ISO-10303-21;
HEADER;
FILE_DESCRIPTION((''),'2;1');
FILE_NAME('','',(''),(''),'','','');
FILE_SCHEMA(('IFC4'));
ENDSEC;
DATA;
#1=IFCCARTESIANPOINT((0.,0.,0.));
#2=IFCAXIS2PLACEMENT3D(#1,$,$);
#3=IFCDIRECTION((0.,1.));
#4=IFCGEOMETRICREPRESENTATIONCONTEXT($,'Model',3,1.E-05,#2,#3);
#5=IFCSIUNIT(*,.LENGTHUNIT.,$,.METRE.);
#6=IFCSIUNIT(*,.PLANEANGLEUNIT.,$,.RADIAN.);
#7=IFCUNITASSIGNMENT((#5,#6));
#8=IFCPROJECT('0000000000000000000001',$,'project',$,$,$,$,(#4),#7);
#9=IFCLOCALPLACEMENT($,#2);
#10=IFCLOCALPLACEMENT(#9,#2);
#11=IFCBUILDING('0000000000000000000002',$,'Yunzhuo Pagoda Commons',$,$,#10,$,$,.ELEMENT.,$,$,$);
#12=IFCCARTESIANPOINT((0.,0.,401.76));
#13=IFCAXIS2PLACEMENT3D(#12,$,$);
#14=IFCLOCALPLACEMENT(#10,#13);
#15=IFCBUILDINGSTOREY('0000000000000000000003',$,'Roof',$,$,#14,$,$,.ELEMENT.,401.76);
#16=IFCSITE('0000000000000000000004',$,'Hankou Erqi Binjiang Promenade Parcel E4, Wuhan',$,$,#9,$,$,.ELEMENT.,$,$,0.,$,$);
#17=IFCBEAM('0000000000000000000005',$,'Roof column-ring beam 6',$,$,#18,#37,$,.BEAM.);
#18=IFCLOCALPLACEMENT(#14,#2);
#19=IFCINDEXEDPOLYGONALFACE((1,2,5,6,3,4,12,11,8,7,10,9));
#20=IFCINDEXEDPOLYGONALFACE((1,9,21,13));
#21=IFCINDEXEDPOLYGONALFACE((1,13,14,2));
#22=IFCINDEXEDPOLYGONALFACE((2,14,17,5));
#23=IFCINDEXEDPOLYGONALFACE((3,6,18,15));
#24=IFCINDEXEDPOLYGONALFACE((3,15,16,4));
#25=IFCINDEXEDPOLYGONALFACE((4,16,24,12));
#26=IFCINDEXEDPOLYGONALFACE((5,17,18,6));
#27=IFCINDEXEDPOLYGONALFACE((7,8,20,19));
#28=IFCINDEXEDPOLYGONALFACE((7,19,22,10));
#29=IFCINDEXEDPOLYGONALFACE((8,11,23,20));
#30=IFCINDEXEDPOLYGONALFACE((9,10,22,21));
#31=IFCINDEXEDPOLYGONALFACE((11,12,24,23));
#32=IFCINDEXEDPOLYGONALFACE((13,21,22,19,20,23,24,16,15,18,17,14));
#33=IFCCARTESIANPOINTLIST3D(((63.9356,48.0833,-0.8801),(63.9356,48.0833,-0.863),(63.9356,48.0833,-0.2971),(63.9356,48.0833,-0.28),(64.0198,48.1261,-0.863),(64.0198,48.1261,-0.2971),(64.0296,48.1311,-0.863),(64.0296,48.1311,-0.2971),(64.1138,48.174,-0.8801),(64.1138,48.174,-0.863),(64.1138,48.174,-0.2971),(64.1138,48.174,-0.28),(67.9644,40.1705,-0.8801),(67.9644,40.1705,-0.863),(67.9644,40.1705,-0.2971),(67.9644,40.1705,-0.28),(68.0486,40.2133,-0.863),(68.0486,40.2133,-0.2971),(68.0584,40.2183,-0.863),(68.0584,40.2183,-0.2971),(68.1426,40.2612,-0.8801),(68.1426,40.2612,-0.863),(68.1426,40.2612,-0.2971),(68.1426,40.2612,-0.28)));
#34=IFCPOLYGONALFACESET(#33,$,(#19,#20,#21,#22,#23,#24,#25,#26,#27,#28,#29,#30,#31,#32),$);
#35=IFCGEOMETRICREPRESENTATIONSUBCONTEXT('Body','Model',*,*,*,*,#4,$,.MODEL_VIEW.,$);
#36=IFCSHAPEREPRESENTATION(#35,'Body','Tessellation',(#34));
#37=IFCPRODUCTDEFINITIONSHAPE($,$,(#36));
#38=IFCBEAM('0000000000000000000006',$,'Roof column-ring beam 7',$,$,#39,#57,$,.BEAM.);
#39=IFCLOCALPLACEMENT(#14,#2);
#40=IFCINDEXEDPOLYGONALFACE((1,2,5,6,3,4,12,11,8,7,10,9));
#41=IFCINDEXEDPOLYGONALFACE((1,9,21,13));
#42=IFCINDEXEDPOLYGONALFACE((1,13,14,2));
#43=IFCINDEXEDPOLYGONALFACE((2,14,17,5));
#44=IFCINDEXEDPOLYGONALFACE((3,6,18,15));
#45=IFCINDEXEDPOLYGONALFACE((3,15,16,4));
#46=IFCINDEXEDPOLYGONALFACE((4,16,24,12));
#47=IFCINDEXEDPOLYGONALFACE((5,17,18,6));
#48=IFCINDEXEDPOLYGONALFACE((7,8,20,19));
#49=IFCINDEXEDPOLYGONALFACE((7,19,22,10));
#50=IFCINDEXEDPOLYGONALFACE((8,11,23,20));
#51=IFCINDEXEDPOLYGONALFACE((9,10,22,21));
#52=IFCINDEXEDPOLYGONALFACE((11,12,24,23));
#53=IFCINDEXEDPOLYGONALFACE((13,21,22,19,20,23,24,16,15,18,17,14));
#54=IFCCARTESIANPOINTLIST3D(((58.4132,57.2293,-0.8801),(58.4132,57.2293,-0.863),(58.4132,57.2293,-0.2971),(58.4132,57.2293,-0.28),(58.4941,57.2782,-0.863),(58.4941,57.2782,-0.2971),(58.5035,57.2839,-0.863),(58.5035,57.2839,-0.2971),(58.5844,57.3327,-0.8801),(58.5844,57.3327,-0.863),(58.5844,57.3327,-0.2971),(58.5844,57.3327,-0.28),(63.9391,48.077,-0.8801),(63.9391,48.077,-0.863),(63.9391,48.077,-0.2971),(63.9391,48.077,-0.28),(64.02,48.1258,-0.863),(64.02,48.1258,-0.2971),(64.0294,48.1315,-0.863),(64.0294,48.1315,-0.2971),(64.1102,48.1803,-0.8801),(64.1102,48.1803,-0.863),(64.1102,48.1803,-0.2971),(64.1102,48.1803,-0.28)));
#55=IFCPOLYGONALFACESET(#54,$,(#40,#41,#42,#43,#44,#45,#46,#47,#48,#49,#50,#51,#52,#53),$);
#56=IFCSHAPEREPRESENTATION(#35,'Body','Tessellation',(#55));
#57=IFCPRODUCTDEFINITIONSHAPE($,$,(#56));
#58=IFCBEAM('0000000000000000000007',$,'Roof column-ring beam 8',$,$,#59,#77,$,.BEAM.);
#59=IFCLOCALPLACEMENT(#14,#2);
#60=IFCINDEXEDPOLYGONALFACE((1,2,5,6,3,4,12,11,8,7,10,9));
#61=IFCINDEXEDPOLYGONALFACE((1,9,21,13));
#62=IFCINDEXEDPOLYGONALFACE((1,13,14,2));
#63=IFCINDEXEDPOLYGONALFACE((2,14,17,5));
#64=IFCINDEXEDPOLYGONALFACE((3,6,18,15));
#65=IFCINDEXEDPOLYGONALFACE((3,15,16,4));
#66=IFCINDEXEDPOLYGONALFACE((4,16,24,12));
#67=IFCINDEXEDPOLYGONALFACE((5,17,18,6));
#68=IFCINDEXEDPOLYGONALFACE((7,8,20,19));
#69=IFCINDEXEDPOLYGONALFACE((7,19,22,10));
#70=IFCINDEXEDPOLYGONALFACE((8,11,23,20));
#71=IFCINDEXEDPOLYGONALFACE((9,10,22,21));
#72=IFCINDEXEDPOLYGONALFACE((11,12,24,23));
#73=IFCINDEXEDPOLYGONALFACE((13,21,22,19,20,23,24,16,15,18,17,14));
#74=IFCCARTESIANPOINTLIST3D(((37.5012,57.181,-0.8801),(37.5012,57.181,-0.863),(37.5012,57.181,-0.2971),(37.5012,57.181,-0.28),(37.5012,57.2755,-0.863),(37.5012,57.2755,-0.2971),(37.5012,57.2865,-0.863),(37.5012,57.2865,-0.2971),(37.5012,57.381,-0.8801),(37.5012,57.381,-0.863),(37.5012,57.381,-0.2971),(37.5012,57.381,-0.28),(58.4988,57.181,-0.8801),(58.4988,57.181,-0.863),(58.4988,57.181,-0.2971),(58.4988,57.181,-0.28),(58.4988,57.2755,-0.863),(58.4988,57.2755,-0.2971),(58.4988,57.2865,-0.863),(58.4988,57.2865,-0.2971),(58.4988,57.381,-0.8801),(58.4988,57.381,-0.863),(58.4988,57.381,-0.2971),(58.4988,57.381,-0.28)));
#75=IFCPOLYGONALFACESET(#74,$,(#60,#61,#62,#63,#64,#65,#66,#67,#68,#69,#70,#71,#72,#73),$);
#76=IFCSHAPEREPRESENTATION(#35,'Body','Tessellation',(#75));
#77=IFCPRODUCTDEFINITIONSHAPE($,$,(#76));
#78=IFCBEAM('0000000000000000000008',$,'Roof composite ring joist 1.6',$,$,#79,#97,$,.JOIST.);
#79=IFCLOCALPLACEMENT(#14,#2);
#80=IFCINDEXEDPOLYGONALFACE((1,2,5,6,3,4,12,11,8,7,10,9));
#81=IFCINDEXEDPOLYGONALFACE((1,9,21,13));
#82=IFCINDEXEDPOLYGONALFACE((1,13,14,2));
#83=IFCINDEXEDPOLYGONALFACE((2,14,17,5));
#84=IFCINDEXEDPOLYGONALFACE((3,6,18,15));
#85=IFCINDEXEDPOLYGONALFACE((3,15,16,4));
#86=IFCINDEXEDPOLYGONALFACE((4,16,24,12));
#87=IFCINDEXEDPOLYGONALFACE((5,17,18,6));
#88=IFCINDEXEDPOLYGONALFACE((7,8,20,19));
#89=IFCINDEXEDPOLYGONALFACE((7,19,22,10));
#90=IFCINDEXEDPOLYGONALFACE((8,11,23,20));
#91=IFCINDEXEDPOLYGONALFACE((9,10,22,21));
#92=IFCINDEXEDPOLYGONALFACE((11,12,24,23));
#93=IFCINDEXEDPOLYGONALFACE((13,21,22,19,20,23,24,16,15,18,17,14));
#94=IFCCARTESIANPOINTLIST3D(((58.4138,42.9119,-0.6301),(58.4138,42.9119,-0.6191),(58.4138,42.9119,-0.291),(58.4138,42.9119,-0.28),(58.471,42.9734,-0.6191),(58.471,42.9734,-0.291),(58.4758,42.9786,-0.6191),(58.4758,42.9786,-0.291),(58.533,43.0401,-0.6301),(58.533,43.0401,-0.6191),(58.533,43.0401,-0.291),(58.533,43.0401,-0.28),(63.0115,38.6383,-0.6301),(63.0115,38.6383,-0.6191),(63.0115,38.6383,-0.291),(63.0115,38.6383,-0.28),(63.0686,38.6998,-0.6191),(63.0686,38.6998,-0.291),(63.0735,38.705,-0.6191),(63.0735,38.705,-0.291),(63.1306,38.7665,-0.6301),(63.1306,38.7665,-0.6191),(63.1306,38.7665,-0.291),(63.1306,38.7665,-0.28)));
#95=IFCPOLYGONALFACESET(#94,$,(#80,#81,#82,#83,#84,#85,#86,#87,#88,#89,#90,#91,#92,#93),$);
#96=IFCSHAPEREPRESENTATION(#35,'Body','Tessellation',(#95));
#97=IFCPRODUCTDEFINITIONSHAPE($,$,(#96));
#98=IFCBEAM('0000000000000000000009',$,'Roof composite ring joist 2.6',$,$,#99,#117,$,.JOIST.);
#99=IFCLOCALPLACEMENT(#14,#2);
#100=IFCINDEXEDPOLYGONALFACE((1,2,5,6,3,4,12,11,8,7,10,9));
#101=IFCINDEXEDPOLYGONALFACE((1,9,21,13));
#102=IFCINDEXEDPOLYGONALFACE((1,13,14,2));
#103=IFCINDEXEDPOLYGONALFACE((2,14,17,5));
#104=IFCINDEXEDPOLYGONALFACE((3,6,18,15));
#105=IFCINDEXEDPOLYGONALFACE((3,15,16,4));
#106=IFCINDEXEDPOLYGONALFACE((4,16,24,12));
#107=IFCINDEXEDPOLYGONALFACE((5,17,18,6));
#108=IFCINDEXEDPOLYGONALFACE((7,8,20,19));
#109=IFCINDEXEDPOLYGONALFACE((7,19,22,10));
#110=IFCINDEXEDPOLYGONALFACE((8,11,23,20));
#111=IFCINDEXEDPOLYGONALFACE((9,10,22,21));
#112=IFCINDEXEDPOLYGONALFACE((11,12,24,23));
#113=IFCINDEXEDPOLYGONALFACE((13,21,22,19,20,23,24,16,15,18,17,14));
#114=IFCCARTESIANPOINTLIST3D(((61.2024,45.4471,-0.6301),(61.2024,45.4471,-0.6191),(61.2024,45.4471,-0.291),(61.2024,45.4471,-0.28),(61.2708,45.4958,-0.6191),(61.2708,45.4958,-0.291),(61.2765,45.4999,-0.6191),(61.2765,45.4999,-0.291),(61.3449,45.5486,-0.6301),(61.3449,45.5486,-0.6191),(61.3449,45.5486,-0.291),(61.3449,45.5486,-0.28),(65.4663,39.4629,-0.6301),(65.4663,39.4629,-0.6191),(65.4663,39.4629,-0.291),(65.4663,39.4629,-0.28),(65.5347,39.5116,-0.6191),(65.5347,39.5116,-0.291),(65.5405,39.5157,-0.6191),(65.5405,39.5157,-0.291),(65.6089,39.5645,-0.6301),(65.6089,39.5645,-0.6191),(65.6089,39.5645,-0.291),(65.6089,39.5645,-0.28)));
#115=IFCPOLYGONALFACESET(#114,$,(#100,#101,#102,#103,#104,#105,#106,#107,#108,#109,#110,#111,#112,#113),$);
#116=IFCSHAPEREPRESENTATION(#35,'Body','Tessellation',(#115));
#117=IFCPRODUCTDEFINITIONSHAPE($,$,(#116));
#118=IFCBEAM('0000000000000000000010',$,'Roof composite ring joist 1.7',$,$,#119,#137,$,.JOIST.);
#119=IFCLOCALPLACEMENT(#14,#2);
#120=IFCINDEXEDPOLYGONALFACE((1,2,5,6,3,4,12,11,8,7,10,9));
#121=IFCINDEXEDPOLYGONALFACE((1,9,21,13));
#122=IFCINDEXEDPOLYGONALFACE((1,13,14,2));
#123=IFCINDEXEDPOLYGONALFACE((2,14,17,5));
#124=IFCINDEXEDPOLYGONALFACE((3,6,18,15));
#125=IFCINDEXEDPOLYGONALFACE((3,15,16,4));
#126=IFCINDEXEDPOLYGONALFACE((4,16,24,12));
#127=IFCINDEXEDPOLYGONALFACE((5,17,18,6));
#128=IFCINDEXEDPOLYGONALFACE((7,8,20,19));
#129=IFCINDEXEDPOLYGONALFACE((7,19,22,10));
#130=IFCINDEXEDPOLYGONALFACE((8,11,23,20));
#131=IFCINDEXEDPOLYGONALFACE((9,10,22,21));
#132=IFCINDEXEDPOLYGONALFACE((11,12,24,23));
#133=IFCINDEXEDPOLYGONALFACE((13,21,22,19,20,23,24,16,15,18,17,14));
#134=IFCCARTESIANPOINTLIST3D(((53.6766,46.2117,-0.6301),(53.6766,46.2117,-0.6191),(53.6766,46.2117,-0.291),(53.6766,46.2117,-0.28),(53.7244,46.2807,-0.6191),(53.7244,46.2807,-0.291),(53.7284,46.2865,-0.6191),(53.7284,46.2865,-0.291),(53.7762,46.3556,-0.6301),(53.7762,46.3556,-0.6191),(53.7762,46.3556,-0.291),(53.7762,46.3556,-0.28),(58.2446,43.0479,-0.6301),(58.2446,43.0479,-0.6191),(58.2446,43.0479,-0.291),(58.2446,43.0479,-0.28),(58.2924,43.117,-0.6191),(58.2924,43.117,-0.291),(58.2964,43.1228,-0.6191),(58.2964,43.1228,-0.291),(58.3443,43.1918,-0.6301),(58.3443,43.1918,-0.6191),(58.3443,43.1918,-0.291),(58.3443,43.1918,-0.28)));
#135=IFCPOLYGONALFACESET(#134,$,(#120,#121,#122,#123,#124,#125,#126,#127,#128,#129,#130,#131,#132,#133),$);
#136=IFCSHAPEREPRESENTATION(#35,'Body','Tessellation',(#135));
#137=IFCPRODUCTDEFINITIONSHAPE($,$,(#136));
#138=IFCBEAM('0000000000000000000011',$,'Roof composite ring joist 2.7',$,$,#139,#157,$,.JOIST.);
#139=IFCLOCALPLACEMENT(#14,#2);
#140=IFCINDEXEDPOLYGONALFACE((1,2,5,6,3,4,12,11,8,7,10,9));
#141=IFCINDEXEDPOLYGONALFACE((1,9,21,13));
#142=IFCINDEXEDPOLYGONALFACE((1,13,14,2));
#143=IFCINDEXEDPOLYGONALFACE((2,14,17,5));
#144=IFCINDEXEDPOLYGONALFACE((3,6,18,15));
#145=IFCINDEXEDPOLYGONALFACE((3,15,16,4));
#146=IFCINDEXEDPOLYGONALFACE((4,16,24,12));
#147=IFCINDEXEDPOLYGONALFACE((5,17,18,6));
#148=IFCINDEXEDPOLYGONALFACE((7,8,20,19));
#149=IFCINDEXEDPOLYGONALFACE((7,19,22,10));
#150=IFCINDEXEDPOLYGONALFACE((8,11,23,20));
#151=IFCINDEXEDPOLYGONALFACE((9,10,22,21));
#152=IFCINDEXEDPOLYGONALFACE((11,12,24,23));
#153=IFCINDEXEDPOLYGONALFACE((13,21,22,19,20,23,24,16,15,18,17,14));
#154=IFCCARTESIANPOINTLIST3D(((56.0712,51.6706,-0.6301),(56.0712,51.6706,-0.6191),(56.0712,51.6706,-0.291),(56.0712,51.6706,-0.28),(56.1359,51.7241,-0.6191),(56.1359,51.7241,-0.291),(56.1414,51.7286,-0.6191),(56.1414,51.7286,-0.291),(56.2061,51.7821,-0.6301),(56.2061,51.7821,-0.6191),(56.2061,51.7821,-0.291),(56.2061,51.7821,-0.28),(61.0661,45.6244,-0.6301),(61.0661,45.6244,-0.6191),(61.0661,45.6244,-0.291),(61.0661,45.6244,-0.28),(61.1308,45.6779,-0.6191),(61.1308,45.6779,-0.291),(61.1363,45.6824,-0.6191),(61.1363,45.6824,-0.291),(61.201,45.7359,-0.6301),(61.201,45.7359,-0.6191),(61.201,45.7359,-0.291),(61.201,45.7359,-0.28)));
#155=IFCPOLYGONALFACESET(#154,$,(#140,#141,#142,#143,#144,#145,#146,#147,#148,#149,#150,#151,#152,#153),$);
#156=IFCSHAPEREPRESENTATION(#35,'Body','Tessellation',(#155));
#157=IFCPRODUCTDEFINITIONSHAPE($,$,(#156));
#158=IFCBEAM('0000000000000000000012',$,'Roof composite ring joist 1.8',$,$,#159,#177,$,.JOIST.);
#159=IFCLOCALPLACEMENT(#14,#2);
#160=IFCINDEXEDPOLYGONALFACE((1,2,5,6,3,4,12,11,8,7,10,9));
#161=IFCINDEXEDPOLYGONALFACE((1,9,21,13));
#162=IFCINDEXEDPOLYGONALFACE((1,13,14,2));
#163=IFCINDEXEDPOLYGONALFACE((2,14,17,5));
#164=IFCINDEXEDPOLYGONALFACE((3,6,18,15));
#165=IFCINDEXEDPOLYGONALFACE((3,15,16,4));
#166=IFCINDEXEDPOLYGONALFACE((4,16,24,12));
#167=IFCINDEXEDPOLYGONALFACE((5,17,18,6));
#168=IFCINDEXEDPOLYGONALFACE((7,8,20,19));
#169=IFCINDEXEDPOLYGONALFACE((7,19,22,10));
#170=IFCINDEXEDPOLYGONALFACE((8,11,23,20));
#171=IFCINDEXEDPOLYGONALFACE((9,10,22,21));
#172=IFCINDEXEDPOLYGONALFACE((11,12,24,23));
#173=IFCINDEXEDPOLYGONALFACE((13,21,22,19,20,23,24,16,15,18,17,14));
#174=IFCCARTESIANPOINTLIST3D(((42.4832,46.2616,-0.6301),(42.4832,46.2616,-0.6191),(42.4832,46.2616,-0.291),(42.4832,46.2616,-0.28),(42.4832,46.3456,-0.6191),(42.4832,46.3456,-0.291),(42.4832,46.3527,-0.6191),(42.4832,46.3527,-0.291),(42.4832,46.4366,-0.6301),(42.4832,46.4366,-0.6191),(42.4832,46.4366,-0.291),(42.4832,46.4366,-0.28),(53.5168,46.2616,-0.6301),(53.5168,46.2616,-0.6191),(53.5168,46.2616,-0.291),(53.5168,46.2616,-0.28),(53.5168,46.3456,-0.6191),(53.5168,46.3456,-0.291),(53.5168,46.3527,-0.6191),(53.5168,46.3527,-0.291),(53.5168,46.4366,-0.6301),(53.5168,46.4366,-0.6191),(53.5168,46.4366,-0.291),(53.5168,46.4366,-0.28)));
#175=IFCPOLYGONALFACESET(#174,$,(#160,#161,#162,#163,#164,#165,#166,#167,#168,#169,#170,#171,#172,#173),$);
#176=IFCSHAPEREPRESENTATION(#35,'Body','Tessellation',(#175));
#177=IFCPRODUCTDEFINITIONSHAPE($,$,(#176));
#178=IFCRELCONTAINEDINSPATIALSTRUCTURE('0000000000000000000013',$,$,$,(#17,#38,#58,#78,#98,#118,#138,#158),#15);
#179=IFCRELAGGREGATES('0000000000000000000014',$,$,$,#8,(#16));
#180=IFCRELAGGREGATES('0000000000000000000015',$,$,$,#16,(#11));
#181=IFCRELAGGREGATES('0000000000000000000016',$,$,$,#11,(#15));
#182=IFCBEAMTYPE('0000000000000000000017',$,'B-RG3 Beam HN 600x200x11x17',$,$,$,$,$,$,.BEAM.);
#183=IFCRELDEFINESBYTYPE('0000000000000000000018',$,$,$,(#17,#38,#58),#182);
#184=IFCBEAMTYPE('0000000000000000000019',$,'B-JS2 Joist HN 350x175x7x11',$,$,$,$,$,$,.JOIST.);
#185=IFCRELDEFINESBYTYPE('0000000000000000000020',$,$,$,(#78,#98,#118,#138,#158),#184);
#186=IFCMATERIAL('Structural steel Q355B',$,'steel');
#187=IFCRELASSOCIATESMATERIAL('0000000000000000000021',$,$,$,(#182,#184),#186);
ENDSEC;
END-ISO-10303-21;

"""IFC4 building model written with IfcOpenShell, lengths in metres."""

from ifc_helpers import new_model, si_unit, direction, frame, origin, origin_2d, place, context, subcontext, project, spatial, i_section, extrude, source, transform, mapped, material, material_profile, profile_set, type_object, element, save


model = new_model("IFC4")

# Units and contexts
model_context = context("Model", 3, precision=1e-05, world=origin(), true_north=direction((0.0, 1.0)))
body_context = subcontext(model_context, "Body", "Model", "MODEL_VIEW")
ifc_project = project(units=[si_unit("LENGTHUNIT", "METRE"), si_unit("PLANEANGLEUNIT", "RADIAN")], contexts=[model_context])

# Site, building, storey
site_placement = place(None, origin())
site = spatial("IfcSite", under=ifc_project, at=site_placement, Name="Hankou Erqi Binjiang Promenade Parcel E4, Wuhan", CompositionType="ELEMENT", RefElevation=0.0)
building_placement = place(site_placement, origin())
building = spatial("IfcBuilding", under=site, at=building_placement, Name="Yunzhuo Pagoda Commons", CompositionType="ELEMENT")
storey_placement = place(building_placement, frame((0.0, 0.0, 401.76)))
storey = spatial("IfcBuildingStorey", under=building, at=storey_placement, Name="Roof", CompositionType="ELEMENT", Elevation=401.76)

# Beams
ifc_material_1 = material(Name="Structural steel Q355B", Category="steel")
ifc_material_profile_1 = material_profile(ifc_material_1, i_section(OverallWidth=0.2, OverallDepth=0.6001, WebThickness=0.011, FlangeThickness=0.0171, at=origin_2d()), Name="Structural steel Q355B")
ifc_profile_set_1 = profile_set([ifc_material_profile_1], Name="Structural steel Q355B")
beam_type_1 = type_object("IfcBeamType", Name="B-RG3 Beam HN 600x200x11x17", PredefinedType="BEAM", material=ifc_profile_set_1)
shared_shape_1 = source(origin(), body_context, "Body", "SweptSolid", [
    extrude(i_section(OverallWidth=0.2, OverallDepth=0.6001, WebThickness=0.011, FlangeThickness=0.0171, at=origin_2d()), origin(), (0.0, 0.0, 1.0), 8.8794),
])
beam_1_placement = place(storey_placement, frame((68.0535, 40.2158, -0.5801), z_axis=(-0.453724, 0.891142, 0.0), x_axis=(-0.891142, -0.453724, 0.0)))
element("IfcBeam", 1, at=beam_1_placement, inside=storey, type_object=beam_type_1, Name="Roof column-ring beam 6", PredefinedType="BEAM", context=body_context, shape_type="MappedRepresentation", body=[
    mapped(shared_shape_1, transform((0.0, 0.0, 0.0), scale=1.0)),
])
shared_shape_2 = source(origin(), body_context, "Body", "SweptSolid", [
    extrude(i_section(OverallWidth=0.2, OverallDepth=0.6001, WebThickness=0.011, FlangeThickness=0.0171, at=origin_2d()), origin(), (0.0, 0.0, 1.0), 10.6912),
])
beam_2_placement = place(storey_placement, frame((64.0247, 48.1287, -0.5801), z_axis=(-0.516865, 0.856067, 0.0), x_axis=(-0.856067, -0.516865, 0.0)))
element("IfcBeam", 2, at=beam_2_placement, inside=storey, type_object=beam_type_1, Name="Roof column-ring beam 7", PredefinedType="BEAM", context=body_context, shape_type="MappedRepresentation", body=[
    mapped(shared_shape_2, transform((0.0, 0.0, 0.0), scale=1.0)),
])
shared_shape_3 = source(origin(), body_context, "Body", "SweptSolid", [
    extrude(i_section(OverallWidth=0.2, OverallDepth=0.6001, WebThickness=0.011, FlangeThickness=0.0171, at=origin_2d()), origin(), (0.0, 0.0, 1.0), 20.9976),
])
beam_3_placement = place(storey_placement, frame((58.4988, 57.281, -0.5801), z_axis=(-1.0, 0.0, 0.0), x_axis=(0.0, -1.0, 0.0)))
element("IfcBeam", 3, at=beam_3_placement, inside=storey, type_object=beam_type_1, Name="Roof column-ring beam 8", PredefinedType="BEAM", context=body_context, shape_type="MappedRepresentation", body=[
    mapped(shared_shape_3, transform((0.0, 0.0, 0.0), scale=1.0)),
])
ifc_material_profile_2 = material_profile(ifc_material_1, i_section(OverallWidth=0.175, OverallDepth=0.3501, WebThickness=0.0071, FlangeThickness=0.011, at=origin_2d()), Name="Structural steel Q355B")
ifc_profile_set_2 = profile_set([ifc_material_profile_2], Name="Structural steel Q355B")
beam_type_2 = type_object("IfcBeamType", Name="B-JS2 Joist HN 350x175x7x11", PredefinedType="JOIST", material=ifc_profile_set_2)
shared_shape_4 = source(origin(), body_context, "Body", "SweptSolid", [
    extrude(i_section(OverallWidth=0.175, OverallDepth=0.3501, WebThickness=0.0071, FlangeThickness=0.011, at=origin_2d()), origin(), (0.0, 0.0, 1.0), 6.2771),
])
beam_4_placement = place(storey_placement, frame((63.071, 38.7024, -0.4551), z_axis=(-0.732442, 0.68083, 0.0), x_axis=(-0.68083, -0.732442, 0.0)))
element("IfcBeam", 4, at=beam_4_placement, inside=storey, type_object=beam_type_2, Name="Roof composite ring joist 1.6", PredefinedType="JOIST", context=body_context, shape_type="MappedRepresentation", body=[
    mapped(shared_shape_4, transform((0.0, 0.0, 0.0), scale=1.0)),
])
shared_shape_5 = source(origin(), body_context, "Body", "SweptSolid", [
    extrude(i_section(OverallWidth=0.175, OverallDepth=0.3501, WebThickness=0.0071, FlangeThickness=0.011, at=origin_2d()), origin(), (0.0, 0.0, 1.0), 7.3479),
])
beam_5_placement = place(storey_placement, frame((65.5376, 39.5137, -0.4551), z_axis=(-0.580295, 0.814406, 0.0), x_axis=(-0.814406, -0.580295, 0.0)))
element("IfcBeam", 5, at=beam_5_placement, inside=storey, type_object=beam_type_2, Name="Roof composite ring joist 2.6", PredefinedType="JOIST", context=body_context, shape_type="MappedRepresentation", body=[
    mapped(shared_shape_5, transform((0.0, 0.0, 0.0), scale=1.0)),
])
shared_shape_6 = source(origin(), body_context, "Body", "SweptSolid", [
    extrude(i_section(OverallWidth=0.175, OverallDepth=0.3501, WebThickness=0.0071, FlangeThickness=0.011, at=origin_2d()), origin(), (0.0, 0.0, 1.0), 5.5566),
])
beam_6_placement = place(storey_placement, frame((58.2944, 43.1199, -0.4551), z_axis=(-0.822085, 0.569365, 0.0), x_axis=(-0.569365, -0.822085, 0.0)))
element("IfcBeam", 6, at=beam_6_placement, inside=storey, type_object=beam_type_2, Name="Roof composite ring joist 1.7", PredefinedType="JOIST", context=body_context, shape_type="MappedRepresentation", body=[
    mapped(shared_shape_6, transform((0.0, 0.0, 0.0), scale=1.0)),
])
shared_shape_7 = source(origin(), body_context, "Body", "SweptSolid", [
    extrude(i_section(OverallWidth=0.175, OverallDepth=0.3501, WebThickness=0.0071, FlangeThickness=0.011, at=origin_2d()), origin(), (0.0, 0.0, 1.0), 7.8425),
])
beam_7_placement = place(storey_placement, frame((61.1335, 45.6802, -0.4551), z_axis=(-0.636899, 0.770947, 0.0), x_axis=(-0.770947, -0.636899, 0.0)))
element("IfcBeam", 7, at=beam_7_placement, inside=storey, type_object=beam_type_2, Name="Roof composite ring joist 2.7", PredefinedType="JOIST", context=body_context, shape_type="MappedRepresentation", body=[
    mapped(shared_shape_7, transform((0.0, 0.0, 0.0), scale=1.0)),
])
shared_shape_8 = source(origin(), body_context, "Body", "SweptSolid", [
    extrude(i_section(OverallWidth=0.175, OverallDepth=0.3501, WebThickness=0.0071, FlangeThickness=0.011, at=origin_2d()), origin(), (0.0, 0.0, 1.0), 11.0337),
])
beam_8_placement = place(storey_placement, frame((53.5168, 46.3491, -0.4551), z_axis=(-1.0, 0.0, 0.0), x_axis=(0.0, -1.0, 0.0)))
element("IfcBeam", 8, at=beam_8_placement, inside=storey, type_object=beam_type_2, Name="Roof composite ring joist 1.8", PredefinedType="JOIST", context=body_context, shape_type="MappedRepresentation", body=[
    mapped(shared_shape_8, transform((0.0, 0.0, 0.0), scale=1.0)),
])

save(model, "model.ifc")
